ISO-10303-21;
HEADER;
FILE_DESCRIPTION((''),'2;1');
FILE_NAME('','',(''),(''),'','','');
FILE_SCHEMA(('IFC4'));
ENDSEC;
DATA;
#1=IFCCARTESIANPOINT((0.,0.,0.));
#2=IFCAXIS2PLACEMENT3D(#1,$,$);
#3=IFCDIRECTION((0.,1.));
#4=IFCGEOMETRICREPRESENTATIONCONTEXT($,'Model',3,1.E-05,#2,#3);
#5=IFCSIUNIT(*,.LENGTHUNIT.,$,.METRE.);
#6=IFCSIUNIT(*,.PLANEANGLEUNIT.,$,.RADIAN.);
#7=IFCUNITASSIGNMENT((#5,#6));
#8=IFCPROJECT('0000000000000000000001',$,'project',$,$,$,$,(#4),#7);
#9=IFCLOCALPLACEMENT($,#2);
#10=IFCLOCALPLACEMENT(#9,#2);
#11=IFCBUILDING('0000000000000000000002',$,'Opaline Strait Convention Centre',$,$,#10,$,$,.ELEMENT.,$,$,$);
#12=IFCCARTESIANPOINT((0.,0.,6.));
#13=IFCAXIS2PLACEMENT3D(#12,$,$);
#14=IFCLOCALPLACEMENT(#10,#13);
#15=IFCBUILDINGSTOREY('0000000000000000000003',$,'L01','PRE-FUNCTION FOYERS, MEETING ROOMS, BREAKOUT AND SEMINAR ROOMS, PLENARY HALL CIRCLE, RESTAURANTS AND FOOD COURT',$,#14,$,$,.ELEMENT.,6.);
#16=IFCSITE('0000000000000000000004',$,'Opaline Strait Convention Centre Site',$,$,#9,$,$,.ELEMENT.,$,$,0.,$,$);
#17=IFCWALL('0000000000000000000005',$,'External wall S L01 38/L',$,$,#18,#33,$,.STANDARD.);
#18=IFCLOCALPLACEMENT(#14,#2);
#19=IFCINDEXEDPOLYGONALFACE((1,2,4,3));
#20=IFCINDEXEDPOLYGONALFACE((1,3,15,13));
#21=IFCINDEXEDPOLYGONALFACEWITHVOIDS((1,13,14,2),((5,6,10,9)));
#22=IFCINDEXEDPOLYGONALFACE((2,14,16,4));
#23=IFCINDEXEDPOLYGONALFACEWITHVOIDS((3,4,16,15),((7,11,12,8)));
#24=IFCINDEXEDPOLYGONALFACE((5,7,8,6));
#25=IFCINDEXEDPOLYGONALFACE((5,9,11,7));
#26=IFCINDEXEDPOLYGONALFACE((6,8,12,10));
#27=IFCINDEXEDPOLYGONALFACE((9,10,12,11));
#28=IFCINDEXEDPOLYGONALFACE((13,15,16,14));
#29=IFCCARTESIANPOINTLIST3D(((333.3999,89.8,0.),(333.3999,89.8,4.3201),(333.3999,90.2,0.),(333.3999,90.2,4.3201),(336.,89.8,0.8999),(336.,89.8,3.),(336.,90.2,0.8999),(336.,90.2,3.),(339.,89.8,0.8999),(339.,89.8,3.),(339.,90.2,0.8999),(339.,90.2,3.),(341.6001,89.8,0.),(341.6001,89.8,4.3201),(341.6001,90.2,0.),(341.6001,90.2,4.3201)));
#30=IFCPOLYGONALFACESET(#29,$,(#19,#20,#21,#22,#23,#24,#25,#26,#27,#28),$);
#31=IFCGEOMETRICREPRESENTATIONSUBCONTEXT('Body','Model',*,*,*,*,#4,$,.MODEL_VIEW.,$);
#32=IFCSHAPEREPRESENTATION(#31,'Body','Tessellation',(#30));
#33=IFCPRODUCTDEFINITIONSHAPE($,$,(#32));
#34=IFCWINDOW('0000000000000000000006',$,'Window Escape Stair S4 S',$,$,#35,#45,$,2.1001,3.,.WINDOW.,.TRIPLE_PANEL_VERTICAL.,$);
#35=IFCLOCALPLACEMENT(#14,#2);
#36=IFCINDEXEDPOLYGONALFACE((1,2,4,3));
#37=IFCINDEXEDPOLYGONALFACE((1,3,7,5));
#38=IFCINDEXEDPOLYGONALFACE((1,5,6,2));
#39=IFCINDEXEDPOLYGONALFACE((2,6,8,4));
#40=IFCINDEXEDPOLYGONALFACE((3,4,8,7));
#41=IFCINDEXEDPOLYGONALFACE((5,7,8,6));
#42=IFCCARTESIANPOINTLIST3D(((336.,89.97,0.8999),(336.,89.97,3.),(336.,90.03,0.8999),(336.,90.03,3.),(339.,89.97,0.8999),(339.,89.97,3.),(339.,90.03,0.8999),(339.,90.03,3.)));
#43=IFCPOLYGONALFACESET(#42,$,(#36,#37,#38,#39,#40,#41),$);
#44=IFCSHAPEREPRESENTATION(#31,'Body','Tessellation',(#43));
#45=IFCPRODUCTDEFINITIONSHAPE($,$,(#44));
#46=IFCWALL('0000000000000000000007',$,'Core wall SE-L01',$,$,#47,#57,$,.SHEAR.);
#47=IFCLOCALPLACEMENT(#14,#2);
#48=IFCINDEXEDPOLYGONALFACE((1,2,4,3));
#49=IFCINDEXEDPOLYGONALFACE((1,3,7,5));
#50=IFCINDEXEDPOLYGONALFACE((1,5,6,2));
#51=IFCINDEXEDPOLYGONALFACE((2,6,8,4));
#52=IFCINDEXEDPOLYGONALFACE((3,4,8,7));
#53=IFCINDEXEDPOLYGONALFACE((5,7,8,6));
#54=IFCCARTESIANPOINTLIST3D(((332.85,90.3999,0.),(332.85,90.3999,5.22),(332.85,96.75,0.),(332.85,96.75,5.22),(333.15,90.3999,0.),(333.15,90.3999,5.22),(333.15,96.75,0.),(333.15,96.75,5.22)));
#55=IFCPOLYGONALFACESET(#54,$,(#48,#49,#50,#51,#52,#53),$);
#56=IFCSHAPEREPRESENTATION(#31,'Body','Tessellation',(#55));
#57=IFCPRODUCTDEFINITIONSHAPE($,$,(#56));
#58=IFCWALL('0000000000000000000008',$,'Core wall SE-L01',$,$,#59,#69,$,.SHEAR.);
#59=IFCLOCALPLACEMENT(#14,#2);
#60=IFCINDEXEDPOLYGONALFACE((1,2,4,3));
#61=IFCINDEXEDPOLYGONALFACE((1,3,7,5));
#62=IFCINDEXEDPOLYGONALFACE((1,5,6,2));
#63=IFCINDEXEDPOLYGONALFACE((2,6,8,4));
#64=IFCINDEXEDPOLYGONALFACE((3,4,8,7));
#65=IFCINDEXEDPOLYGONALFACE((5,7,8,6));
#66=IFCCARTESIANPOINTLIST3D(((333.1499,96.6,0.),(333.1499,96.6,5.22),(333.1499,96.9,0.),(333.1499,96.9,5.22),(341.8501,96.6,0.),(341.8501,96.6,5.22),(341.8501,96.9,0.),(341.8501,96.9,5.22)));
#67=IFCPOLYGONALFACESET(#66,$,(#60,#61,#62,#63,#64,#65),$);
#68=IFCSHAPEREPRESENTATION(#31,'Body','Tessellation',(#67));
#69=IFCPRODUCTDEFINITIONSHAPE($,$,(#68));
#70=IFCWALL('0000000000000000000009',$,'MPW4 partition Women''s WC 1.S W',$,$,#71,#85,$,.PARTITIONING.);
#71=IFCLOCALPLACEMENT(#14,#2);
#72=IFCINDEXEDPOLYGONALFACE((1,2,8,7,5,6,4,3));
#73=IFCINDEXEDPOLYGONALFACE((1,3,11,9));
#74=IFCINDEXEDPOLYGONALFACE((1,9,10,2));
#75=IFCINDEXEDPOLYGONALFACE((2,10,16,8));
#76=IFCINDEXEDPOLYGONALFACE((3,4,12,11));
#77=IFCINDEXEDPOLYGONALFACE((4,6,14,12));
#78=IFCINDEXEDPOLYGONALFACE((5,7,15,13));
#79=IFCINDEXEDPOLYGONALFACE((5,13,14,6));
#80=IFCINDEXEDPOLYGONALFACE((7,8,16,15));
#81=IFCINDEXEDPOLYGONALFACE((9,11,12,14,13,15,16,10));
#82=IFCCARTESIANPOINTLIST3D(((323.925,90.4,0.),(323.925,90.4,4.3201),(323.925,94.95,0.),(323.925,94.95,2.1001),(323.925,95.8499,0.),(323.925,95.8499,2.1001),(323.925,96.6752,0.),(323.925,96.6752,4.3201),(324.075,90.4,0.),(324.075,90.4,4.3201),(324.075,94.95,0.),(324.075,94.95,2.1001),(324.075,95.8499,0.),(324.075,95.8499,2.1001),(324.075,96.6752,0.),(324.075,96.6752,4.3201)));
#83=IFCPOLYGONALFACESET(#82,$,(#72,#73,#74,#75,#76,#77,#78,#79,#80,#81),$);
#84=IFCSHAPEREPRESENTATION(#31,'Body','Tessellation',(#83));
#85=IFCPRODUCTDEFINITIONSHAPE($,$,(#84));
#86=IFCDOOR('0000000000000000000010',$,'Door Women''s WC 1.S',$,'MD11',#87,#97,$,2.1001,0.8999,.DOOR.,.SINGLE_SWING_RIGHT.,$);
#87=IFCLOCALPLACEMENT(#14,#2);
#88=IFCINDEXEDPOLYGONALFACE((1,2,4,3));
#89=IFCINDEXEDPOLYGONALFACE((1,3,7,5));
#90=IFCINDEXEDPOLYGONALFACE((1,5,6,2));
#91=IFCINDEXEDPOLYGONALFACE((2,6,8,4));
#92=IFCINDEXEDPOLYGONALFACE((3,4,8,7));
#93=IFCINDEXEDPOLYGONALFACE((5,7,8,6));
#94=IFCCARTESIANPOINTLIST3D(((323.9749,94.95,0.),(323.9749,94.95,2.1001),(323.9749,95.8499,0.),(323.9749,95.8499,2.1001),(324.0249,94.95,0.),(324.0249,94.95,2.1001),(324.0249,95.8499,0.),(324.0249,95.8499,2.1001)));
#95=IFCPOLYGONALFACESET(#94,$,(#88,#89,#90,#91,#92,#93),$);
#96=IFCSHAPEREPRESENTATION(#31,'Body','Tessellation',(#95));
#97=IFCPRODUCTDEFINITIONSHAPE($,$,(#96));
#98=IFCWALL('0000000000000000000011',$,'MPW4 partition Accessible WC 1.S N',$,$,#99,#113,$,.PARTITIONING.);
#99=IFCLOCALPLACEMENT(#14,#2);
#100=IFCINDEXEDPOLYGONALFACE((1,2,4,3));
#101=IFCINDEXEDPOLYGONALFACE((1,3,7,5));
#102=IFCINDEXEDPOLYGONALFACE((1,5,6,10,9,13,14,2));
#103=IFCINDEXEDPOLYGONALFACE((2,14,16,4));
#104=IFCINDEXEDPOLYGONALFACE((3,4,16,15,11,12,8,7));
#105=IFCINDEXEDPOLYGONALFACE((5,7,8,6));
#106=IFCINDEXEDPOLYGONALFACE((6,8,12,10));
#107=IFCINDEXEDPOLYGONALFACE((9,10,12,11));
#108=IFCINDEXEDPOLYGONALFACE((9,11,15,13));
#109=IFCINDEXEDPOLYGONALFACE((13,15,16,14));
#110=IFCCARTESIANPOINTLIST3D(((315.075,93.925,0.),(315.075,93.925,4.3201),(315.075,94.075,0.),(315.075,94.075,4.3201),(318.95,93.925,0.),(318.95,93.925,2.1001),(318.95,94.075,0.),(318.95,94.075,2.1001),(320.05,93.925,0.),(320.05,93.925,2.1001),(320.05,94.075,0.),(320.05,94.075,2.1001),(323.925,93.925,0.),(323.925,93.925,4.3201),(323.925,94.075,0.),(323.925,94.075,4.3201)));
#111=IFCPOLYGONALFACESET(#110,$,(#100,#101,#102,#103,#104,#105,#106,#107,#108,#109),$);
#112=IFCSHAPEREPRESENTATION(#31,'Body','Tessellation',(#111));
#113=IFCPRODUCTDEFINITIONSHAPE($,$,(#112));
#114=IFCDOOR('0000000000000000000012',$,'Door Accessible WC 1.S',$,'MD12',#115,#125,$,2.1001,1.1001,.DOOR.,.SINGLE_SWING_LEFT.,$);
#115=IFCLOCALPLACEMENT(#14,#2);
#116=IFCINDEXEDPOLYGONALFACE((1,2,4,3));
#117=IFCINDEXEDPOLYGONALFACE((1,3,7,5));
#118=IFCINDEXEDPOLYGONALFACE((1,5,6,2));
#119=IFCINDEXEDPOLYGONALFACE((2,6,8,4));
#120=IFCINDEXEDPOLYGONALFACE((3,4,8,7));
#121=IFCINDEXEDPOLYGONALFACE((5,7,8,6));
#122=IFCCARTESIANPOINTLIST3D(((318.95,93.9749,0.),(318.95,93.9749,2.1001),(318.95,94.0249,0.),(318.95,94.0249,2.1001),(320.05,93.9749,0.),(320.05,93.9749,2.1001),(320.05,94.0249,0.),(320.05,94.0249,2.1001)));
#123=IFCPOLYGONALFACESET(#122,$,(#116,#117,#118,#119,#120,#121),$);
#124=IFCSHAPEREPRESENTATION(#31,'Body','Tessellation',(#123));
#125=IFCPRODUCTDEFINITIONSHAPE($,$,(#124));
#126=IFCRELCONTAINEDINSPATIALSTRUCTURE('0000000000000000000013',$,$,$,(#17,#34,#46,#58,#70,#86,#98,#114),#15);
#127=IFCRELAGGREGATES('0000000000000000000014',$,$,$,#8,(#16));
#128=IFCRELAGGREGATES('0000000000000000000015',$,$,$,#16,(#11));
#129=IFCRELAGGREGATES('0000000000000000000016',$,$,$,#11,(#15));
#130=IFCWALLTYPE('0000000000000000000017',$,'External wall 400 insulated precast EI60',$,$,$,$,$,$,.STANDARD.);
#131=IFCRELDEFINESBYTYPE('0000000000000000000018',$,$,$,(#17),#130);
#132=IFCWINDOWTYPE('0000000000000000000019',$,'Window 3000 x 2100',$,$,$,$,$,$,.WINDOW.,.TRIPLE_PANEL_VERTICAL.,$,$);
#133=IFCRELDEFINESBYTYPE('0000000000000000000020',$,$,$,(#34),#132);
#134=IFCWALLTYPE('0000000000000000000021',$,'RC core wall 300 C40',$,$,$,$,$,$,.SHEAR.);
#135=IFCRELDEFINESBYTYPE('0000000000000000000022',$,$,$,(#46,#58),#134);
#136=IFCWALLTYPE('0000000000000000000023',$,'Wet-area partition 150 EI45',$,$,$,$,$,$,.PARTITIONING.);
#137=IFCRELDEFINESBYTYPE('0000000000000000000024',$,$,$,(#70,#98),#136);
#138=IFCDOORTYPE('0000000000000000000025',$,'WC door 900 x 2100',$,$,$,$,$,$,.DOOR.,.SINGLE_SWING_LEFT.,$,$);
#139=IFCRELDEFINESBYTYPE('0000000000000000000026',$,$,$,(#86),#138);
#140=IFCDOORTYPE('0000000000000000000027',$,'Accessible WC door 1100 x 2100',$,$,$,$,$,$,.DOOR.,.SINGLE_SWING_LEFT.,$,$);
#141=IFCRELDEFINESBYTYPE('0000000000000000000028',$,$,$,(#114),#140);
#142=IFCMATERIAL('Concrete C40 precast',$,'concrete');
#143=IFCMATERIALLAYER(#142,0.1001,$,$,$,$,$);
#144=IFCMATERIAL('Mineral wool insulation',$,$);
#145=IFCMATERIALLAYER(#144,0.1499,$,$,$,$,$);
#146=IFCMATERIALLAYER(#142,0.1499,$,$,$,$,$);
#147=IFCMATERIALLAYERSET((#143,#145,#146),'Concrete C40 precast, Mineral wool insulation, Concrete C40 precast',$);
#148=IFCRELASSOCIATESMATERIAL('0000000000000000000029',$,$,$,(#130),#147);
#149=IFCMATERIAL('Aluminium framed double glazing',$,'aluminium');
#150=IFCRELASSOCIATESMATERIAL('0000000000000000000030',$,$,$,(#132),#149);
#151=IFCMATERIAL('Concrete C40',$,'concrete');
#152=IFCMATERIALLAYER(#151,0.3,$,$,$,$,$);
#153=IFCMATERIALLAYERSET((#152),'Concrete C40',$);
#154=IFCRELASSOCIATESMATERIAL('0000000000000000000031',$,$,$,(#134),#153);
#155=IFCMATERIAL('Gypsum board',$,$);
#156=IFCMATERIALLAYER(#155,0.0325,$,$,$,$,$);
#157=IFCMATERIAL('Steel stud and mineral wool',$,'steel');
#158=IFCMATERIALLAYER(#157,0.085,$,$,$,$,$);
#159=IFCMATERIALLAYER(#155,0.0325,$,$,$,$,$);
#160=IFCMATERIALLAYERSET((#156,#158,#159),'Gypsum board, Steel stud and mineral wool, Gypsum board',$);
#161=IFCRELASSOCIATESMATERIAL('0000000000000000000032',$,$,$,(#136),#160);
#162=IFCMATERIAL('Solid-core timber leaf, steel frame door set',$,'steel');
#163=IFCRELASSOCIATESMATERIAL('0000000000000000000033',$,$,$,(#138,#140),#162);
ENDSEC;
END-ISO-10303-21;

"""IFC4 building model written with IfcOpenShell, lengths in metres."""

from ifc_helpers import new_model, si_unit, direction, frame, frame_2d, origin, place, context, subcontext, project, spatial, rectangle, extrude, material, layer, layer_set, type_object, element, fill, save


model = new_model("IFC4")

# Units and contexts
model_context = context("Model", 3, precision=1e-05, world=origin(), true_north=direction((0.0, 1.0)))
body_context = subcontext(model_context, "Body", "Model", "MODEL_VIEW")
ifc_project = project(units=[si_unit("LENGTHUNIT", "METRE"), si_unit("PLANEANGLEUNIT", "RADIAN")], contexts=[model_context])

# Site, building, storey
site_placement = place(None, origin())
site = spatial("IfcSite", under=ifc_project, at=site_placement, Name="Opaline Strait Convention Centre Site", CompositionType="ELEMENT", RefElevation=0.0)
building_placement = place(site_placement, origin())
building = spatial("IfcBuilding", under=site, at=building_placement, Name="Opaline Strait Convention Centre", CompositionType="ELEMENT")
storey_placement = place(building_placement, frame((0.0, 0.0, 6.0)))
storey = spatial("IfcBuildingStorey", under=building, at=storey_placement, Name="L01", Description="PRE-FUNCTION FOYERS, MEETING ROOMS, BREAKOUT AND SEMINAR ROOMS, PLENARY HALL CIRCLE, RESTAURANTS AND FOOD COURT", CompositionType="ELEMENT", Elevation=6.0)

# Shared definitions
ifc_material_1 = material(Name="Concrete C40", Category="concrete")

# Shared definitions
ifc_material_2 = material(Name="Gypsum board")
ifc_material_3 = material(Name="Steel stud and mineral wool", Category="steel")
ifc_material_4 = material(Name="Solid-core timber leaf, steel frame door set", Category="steel")

# Wall, opening, window
ifc_material_5 = material(Name="Concrete C40 precast", Category="concrete")
ifc_layer_1 = layer(ifc_material_5, 0.1001)
ifc_material_6 = material(Name="Mineral wool insulation")
ifc_layer_2 = layer(ifc_material_6, 0.1499)
ifc_layer_3 = layer(ifc_material_5, 0.1499)
ifc_layer_set_1 = layer_set([ifc_layer_1, ifc_layer_2, ifc_layer_3], Name="Concrete C40 precast, Mineral wool insulation, Concrete C40 precast")
wall_type_1 = type_object("IfcWallType", Name="External wall 400 insulated precast EI60", PredefinedType="STANDARD", material=ifc_layer_set_1)
ifc_material_7 = material(Name="Aluminium framed double glazing", Category="aluminium")
window_type = type_object("IfcWindowType", Name="Window 3000 x 2100", PartitioningType="TRIPLE_PANEL_VERTICAL", PredefinedType="WINDOW", material=ifc_material_7)
wall_1_placement = place(storey_placement, frame((333.3999, 90.0, 0.0), z_axis=(0.0, 0.0, 1.0), x_axis=(1.0, 0.0, 0.0)))
wall_1 = element("IfcWall", 1, at=wall_1_placement, inside=storey, type_object=wall_type_1, Name="External wall S L01 38/L", PredefinedType="STANDARD", context=body_context, shape_type="SweptSolid", body=[
    extrude(rectangle(XDim=8.2002, YDim=0.3999, at=frame_2d((4.1001, 0.0))), origin(), (0.0, 0.0, 1.0), 4.3201),
])
opening_1_placement = place(wall_1_placement, frame((2.6001, 0.0, 0.8999)))
opening_1 = element("IfcOpeningElement", 2, at=opening_1_placement, cuts=wall_1, PredefinedType="OPENING", context=body_context, shape_type="SweptSolid", body=[
    extrude(rectangle(XDim=3.0, YDim=2.1001, at=frame_2d((1.5, 1.05))), frame((0.0, 0.21, 0.0), z_axis=(0.0, -1.0, 0.0), x_axis=(1.0, 0.0, 0.0)), (0.0, 0.0, 1.0), 0.4199),
])
window_1_placement = place(opening_1_placement, origin())
window_1 = element("IfcWindow", 3, at=window_1_placement, inside=storey, type_object=window_type, Name="Window Escape Stair S4 S", OverallHeight=2.1001, OverallWidth=3.0, PartitioningType="TRIPLE_PANEL_VERTICAL", PredefinedType="WINDOW", context=body_context, shape_type="SweptSolid", body=[
    extrude(rectangle(XDim=3.0, YDim=2.1001, at=frame_2d((1.5, 1.05))), frame((0.0, 0.03, 0.0), z_axis=(0.0, -1.0, 0.0), x_axis=(1.0, 0.0, 0.0)), (0.0, 0.0, 1.0), 0.0601),
])
fill(opening_1, window_1)

# Walls
ifc_layer_4 = layer(ifc_material_1, 0.3)
ifc_layer_set_2 = layer_set([ifc_layer_4], Name="Concrete C40")
wall_type_2 = type_object("IfcWallType", Name="RC core wall 300 C40", PredefinedType="SHEAR", material=ifc_layer_set_2)
wall_2_placement = place(storey_placement, frame((333.0, 90.3999, 0.0), z_axis=(0.0, 0.0, 1.0), x_axis=(0.0, 1.0, 0.0)))
element("IfcWall", 4, at=wall_2_placement, inside=storey, type_object=wall_type_2, Name="Core wall SE-L01", PredefinedType="SHEAR", context=body_context, shape_type="SweptSolid", body=[
    extrude(rectangle(XDim=6.3501, YDim=0.3, at=frame_2d((3.175, 0.0))), origin(), (0.0, 0.0, 1.0), 5.22),
])
wall_3_placement = place(storey_placement, frame((333.1499, 96.75, 0.0), z_axis=(0.0, 0.0, 1.0), x_axis=(1.0, 0.0, 0.0)))
element("IfcWall", 5, at=wall_3_placement, inside=storey, type_object=wall_type_2, Name="Core wall SE-L01", PredefinedType="SHEAR", context=body_context, shape_type="SweptSolid", body=[
    extrude(rectangle(XDim=8.7002, YDim=0.3, at=frame_2d((4.3501, 0.0))), origin(), (0.0, 0.0, 1.0), 5.22),
])

# Walls, openings, doors
ifc_layer_5 = layer(ifc_material_2, 0.0325)
ifc_layer_6 = layer(ifc_material_3, 0.085)
ifc_layer_7 = layer(ifc_material_2, 0.0325)
ifc_layer_set_3 = layer_set([ifc_layer_5, ifc_layer_6, ifc_layer_7], Name="Gypsum board, Steel stud and mineral wool, Gypsum board")
wall_type_3 = type_object("IfcWallType", Name="Wet-area partition 150 EI45", PredefinedType="PARTITIONING", material=ifc_layer_set_3)
wall_4_placement = place(storey_placement, frame((324.0, 90.3999, 0.0), z_axis=(0.0, 0.0, 1.0), x_axis=(0.0, 1.0, 0.0)))
wall_4 = element("IfcWall", 6, at=wall_4_placement, inside=storey, type_object=wall_type_3, Name="MPW4 partition Women's WC 1.S W", PredefinedType="PARTITIONING", context=body_context, shape_type="SweptSolid", body=[
    extrude(rectangle(XDim=6.2751, YDim=0.1499, at=frame_2d((3.1377, 0.0))), origin(), (0.0, 0.0, 1.0), 4.3201),
])
opening_2_placement = place(wall_4_placement, frame((4.55, 0.0, 0.0)))
opening_2 = element("IfcOpeningElement", 7, at=opening_2_placement, cuts=wall_4, PredefinedType="OPENING", context=body_context, shape_type="SweptSolid", body=[
    extrude(rectangle(XDim=0.8999, YDim=2.1001, at=frame_2d((0.45, 1.05))), frame((0.0, 0.085, 0.0), z_axis=(0.0, -1.0, 0.0), x_axis=(1.0, 0.0, 0.0)), (0.0, 0.0, 1.0), 0.1699),
])
door_type_1 = type_object("IfcDoorType", Name="WC door 900 x 2100", OperationType="SINGLE_SWING_LEFT", PredefinedType="DOOR", material=ifc_material_4)
door_1_placement = place(opening_2_placement, frame((0.8999, 0.0, 0.0), z_axis=(0.0, 0.0, 1.0), x_axis=(-1.0, 0.0, 0.0)))
door_1 = element("IfcDoor", 8, at=door_1_placement, inside=storey, type_object=door_type_1, Name="Door Women's WC 1.S", ObjectType="MD11", OperationType="SINGLE_SWING_RIGHT", OverallHeight=2.1001, OverallWidth=0.8999, PredefinedType="DOOR", context=body_context, shape_type="SweptSolid", body=[
    extrude(rectangle(XDim=0.8999, YDim=2.1001, at=frame_2d((0.45, 1.05))), frame((0.0, 0.0249, 0.0), z_axis=(0.0, -1.0, 0.0), x_axis=(1.0, 0.0, 0.0)), (0.0, 0.0, 1.0), 0.05),
])
fill(opening_2, door_1)
wall_5_placement = place(storey_placement, frame((315.075, 94.0, 0.0), z_axis=(0.0, 0.0, 1.0), x_axis=(1.0, 0.0, 0.0)))
wall_5 = element("IfcWall", 9, at=wall_5_placement, inside=storey, type_object=wall_type_3, Name="MPW4 partition Accessible WC 1.S N", PredefinedType="PARTITIONING", context=body_context, shape_type="SweptSolid", body=[
    extrude(rectangle(XDim=8.8501, YDim=0.1499, at=frame_2d((4.425, 0.0))), origin(), (0.0, 0.0, 1.0), 4.3201),
])
opening_3_placement = place(wall_5_placement, frame((3.875, 0.0, 0.0)))
opening_3 = element("IfcOpeningElement", 10, at=opening_3_placement, cuts=wall_5, PredefinedType="OPENING", context=body_context, shape_type="SweptSolid", body=[
    extrude(rectangle(XDim=1.1001, YDim=2.1001, at=frame_2d((0.55, 1.05))), frame((0.0, 0.085, 0.0), z_axis=(0.0, -1.0, 0.0), x_axis=(1.0, 0.0, 0.0)), (0.0, 0.0, 1.0), 0.1699),
])
door_type_2 = type_object("IfcDoorType", Name="Accessible WC door 1100 x 2100", OperationType="SINGLE_SWING_LEFT", PredefinedType="DOOR", material=ifc_material_4)
door_2_placement = place(opening_3_placement, origin())
door_2 = element("IfcDoor", 11, at=door_2_placement, inside=storey, type_object=door_type_2, Name="Door Accessible WC 1.S", ObjectType="MD12", OperationType="SINGLE_SWING_LEFT", OverallHeight=2.1001, OverallWidth=1.1001, PredefinedType="DOOR", context=body_context, shape_type="SweptSolid", body=[
    extrude(rectangle(XDim=1.1001, YDim=2.1001, at=frame_2d((0.55, 1.05))), frame((0.0, 0.0249, 0.0), z_axis=(0.0, -1.0, 0.0), x_axis=(1.0, 0.0, 0.0)), (0.0, 0.0, 1.0), 0.05),
])
fill(opening_3, door_2)

save(model, "model.ifc")
